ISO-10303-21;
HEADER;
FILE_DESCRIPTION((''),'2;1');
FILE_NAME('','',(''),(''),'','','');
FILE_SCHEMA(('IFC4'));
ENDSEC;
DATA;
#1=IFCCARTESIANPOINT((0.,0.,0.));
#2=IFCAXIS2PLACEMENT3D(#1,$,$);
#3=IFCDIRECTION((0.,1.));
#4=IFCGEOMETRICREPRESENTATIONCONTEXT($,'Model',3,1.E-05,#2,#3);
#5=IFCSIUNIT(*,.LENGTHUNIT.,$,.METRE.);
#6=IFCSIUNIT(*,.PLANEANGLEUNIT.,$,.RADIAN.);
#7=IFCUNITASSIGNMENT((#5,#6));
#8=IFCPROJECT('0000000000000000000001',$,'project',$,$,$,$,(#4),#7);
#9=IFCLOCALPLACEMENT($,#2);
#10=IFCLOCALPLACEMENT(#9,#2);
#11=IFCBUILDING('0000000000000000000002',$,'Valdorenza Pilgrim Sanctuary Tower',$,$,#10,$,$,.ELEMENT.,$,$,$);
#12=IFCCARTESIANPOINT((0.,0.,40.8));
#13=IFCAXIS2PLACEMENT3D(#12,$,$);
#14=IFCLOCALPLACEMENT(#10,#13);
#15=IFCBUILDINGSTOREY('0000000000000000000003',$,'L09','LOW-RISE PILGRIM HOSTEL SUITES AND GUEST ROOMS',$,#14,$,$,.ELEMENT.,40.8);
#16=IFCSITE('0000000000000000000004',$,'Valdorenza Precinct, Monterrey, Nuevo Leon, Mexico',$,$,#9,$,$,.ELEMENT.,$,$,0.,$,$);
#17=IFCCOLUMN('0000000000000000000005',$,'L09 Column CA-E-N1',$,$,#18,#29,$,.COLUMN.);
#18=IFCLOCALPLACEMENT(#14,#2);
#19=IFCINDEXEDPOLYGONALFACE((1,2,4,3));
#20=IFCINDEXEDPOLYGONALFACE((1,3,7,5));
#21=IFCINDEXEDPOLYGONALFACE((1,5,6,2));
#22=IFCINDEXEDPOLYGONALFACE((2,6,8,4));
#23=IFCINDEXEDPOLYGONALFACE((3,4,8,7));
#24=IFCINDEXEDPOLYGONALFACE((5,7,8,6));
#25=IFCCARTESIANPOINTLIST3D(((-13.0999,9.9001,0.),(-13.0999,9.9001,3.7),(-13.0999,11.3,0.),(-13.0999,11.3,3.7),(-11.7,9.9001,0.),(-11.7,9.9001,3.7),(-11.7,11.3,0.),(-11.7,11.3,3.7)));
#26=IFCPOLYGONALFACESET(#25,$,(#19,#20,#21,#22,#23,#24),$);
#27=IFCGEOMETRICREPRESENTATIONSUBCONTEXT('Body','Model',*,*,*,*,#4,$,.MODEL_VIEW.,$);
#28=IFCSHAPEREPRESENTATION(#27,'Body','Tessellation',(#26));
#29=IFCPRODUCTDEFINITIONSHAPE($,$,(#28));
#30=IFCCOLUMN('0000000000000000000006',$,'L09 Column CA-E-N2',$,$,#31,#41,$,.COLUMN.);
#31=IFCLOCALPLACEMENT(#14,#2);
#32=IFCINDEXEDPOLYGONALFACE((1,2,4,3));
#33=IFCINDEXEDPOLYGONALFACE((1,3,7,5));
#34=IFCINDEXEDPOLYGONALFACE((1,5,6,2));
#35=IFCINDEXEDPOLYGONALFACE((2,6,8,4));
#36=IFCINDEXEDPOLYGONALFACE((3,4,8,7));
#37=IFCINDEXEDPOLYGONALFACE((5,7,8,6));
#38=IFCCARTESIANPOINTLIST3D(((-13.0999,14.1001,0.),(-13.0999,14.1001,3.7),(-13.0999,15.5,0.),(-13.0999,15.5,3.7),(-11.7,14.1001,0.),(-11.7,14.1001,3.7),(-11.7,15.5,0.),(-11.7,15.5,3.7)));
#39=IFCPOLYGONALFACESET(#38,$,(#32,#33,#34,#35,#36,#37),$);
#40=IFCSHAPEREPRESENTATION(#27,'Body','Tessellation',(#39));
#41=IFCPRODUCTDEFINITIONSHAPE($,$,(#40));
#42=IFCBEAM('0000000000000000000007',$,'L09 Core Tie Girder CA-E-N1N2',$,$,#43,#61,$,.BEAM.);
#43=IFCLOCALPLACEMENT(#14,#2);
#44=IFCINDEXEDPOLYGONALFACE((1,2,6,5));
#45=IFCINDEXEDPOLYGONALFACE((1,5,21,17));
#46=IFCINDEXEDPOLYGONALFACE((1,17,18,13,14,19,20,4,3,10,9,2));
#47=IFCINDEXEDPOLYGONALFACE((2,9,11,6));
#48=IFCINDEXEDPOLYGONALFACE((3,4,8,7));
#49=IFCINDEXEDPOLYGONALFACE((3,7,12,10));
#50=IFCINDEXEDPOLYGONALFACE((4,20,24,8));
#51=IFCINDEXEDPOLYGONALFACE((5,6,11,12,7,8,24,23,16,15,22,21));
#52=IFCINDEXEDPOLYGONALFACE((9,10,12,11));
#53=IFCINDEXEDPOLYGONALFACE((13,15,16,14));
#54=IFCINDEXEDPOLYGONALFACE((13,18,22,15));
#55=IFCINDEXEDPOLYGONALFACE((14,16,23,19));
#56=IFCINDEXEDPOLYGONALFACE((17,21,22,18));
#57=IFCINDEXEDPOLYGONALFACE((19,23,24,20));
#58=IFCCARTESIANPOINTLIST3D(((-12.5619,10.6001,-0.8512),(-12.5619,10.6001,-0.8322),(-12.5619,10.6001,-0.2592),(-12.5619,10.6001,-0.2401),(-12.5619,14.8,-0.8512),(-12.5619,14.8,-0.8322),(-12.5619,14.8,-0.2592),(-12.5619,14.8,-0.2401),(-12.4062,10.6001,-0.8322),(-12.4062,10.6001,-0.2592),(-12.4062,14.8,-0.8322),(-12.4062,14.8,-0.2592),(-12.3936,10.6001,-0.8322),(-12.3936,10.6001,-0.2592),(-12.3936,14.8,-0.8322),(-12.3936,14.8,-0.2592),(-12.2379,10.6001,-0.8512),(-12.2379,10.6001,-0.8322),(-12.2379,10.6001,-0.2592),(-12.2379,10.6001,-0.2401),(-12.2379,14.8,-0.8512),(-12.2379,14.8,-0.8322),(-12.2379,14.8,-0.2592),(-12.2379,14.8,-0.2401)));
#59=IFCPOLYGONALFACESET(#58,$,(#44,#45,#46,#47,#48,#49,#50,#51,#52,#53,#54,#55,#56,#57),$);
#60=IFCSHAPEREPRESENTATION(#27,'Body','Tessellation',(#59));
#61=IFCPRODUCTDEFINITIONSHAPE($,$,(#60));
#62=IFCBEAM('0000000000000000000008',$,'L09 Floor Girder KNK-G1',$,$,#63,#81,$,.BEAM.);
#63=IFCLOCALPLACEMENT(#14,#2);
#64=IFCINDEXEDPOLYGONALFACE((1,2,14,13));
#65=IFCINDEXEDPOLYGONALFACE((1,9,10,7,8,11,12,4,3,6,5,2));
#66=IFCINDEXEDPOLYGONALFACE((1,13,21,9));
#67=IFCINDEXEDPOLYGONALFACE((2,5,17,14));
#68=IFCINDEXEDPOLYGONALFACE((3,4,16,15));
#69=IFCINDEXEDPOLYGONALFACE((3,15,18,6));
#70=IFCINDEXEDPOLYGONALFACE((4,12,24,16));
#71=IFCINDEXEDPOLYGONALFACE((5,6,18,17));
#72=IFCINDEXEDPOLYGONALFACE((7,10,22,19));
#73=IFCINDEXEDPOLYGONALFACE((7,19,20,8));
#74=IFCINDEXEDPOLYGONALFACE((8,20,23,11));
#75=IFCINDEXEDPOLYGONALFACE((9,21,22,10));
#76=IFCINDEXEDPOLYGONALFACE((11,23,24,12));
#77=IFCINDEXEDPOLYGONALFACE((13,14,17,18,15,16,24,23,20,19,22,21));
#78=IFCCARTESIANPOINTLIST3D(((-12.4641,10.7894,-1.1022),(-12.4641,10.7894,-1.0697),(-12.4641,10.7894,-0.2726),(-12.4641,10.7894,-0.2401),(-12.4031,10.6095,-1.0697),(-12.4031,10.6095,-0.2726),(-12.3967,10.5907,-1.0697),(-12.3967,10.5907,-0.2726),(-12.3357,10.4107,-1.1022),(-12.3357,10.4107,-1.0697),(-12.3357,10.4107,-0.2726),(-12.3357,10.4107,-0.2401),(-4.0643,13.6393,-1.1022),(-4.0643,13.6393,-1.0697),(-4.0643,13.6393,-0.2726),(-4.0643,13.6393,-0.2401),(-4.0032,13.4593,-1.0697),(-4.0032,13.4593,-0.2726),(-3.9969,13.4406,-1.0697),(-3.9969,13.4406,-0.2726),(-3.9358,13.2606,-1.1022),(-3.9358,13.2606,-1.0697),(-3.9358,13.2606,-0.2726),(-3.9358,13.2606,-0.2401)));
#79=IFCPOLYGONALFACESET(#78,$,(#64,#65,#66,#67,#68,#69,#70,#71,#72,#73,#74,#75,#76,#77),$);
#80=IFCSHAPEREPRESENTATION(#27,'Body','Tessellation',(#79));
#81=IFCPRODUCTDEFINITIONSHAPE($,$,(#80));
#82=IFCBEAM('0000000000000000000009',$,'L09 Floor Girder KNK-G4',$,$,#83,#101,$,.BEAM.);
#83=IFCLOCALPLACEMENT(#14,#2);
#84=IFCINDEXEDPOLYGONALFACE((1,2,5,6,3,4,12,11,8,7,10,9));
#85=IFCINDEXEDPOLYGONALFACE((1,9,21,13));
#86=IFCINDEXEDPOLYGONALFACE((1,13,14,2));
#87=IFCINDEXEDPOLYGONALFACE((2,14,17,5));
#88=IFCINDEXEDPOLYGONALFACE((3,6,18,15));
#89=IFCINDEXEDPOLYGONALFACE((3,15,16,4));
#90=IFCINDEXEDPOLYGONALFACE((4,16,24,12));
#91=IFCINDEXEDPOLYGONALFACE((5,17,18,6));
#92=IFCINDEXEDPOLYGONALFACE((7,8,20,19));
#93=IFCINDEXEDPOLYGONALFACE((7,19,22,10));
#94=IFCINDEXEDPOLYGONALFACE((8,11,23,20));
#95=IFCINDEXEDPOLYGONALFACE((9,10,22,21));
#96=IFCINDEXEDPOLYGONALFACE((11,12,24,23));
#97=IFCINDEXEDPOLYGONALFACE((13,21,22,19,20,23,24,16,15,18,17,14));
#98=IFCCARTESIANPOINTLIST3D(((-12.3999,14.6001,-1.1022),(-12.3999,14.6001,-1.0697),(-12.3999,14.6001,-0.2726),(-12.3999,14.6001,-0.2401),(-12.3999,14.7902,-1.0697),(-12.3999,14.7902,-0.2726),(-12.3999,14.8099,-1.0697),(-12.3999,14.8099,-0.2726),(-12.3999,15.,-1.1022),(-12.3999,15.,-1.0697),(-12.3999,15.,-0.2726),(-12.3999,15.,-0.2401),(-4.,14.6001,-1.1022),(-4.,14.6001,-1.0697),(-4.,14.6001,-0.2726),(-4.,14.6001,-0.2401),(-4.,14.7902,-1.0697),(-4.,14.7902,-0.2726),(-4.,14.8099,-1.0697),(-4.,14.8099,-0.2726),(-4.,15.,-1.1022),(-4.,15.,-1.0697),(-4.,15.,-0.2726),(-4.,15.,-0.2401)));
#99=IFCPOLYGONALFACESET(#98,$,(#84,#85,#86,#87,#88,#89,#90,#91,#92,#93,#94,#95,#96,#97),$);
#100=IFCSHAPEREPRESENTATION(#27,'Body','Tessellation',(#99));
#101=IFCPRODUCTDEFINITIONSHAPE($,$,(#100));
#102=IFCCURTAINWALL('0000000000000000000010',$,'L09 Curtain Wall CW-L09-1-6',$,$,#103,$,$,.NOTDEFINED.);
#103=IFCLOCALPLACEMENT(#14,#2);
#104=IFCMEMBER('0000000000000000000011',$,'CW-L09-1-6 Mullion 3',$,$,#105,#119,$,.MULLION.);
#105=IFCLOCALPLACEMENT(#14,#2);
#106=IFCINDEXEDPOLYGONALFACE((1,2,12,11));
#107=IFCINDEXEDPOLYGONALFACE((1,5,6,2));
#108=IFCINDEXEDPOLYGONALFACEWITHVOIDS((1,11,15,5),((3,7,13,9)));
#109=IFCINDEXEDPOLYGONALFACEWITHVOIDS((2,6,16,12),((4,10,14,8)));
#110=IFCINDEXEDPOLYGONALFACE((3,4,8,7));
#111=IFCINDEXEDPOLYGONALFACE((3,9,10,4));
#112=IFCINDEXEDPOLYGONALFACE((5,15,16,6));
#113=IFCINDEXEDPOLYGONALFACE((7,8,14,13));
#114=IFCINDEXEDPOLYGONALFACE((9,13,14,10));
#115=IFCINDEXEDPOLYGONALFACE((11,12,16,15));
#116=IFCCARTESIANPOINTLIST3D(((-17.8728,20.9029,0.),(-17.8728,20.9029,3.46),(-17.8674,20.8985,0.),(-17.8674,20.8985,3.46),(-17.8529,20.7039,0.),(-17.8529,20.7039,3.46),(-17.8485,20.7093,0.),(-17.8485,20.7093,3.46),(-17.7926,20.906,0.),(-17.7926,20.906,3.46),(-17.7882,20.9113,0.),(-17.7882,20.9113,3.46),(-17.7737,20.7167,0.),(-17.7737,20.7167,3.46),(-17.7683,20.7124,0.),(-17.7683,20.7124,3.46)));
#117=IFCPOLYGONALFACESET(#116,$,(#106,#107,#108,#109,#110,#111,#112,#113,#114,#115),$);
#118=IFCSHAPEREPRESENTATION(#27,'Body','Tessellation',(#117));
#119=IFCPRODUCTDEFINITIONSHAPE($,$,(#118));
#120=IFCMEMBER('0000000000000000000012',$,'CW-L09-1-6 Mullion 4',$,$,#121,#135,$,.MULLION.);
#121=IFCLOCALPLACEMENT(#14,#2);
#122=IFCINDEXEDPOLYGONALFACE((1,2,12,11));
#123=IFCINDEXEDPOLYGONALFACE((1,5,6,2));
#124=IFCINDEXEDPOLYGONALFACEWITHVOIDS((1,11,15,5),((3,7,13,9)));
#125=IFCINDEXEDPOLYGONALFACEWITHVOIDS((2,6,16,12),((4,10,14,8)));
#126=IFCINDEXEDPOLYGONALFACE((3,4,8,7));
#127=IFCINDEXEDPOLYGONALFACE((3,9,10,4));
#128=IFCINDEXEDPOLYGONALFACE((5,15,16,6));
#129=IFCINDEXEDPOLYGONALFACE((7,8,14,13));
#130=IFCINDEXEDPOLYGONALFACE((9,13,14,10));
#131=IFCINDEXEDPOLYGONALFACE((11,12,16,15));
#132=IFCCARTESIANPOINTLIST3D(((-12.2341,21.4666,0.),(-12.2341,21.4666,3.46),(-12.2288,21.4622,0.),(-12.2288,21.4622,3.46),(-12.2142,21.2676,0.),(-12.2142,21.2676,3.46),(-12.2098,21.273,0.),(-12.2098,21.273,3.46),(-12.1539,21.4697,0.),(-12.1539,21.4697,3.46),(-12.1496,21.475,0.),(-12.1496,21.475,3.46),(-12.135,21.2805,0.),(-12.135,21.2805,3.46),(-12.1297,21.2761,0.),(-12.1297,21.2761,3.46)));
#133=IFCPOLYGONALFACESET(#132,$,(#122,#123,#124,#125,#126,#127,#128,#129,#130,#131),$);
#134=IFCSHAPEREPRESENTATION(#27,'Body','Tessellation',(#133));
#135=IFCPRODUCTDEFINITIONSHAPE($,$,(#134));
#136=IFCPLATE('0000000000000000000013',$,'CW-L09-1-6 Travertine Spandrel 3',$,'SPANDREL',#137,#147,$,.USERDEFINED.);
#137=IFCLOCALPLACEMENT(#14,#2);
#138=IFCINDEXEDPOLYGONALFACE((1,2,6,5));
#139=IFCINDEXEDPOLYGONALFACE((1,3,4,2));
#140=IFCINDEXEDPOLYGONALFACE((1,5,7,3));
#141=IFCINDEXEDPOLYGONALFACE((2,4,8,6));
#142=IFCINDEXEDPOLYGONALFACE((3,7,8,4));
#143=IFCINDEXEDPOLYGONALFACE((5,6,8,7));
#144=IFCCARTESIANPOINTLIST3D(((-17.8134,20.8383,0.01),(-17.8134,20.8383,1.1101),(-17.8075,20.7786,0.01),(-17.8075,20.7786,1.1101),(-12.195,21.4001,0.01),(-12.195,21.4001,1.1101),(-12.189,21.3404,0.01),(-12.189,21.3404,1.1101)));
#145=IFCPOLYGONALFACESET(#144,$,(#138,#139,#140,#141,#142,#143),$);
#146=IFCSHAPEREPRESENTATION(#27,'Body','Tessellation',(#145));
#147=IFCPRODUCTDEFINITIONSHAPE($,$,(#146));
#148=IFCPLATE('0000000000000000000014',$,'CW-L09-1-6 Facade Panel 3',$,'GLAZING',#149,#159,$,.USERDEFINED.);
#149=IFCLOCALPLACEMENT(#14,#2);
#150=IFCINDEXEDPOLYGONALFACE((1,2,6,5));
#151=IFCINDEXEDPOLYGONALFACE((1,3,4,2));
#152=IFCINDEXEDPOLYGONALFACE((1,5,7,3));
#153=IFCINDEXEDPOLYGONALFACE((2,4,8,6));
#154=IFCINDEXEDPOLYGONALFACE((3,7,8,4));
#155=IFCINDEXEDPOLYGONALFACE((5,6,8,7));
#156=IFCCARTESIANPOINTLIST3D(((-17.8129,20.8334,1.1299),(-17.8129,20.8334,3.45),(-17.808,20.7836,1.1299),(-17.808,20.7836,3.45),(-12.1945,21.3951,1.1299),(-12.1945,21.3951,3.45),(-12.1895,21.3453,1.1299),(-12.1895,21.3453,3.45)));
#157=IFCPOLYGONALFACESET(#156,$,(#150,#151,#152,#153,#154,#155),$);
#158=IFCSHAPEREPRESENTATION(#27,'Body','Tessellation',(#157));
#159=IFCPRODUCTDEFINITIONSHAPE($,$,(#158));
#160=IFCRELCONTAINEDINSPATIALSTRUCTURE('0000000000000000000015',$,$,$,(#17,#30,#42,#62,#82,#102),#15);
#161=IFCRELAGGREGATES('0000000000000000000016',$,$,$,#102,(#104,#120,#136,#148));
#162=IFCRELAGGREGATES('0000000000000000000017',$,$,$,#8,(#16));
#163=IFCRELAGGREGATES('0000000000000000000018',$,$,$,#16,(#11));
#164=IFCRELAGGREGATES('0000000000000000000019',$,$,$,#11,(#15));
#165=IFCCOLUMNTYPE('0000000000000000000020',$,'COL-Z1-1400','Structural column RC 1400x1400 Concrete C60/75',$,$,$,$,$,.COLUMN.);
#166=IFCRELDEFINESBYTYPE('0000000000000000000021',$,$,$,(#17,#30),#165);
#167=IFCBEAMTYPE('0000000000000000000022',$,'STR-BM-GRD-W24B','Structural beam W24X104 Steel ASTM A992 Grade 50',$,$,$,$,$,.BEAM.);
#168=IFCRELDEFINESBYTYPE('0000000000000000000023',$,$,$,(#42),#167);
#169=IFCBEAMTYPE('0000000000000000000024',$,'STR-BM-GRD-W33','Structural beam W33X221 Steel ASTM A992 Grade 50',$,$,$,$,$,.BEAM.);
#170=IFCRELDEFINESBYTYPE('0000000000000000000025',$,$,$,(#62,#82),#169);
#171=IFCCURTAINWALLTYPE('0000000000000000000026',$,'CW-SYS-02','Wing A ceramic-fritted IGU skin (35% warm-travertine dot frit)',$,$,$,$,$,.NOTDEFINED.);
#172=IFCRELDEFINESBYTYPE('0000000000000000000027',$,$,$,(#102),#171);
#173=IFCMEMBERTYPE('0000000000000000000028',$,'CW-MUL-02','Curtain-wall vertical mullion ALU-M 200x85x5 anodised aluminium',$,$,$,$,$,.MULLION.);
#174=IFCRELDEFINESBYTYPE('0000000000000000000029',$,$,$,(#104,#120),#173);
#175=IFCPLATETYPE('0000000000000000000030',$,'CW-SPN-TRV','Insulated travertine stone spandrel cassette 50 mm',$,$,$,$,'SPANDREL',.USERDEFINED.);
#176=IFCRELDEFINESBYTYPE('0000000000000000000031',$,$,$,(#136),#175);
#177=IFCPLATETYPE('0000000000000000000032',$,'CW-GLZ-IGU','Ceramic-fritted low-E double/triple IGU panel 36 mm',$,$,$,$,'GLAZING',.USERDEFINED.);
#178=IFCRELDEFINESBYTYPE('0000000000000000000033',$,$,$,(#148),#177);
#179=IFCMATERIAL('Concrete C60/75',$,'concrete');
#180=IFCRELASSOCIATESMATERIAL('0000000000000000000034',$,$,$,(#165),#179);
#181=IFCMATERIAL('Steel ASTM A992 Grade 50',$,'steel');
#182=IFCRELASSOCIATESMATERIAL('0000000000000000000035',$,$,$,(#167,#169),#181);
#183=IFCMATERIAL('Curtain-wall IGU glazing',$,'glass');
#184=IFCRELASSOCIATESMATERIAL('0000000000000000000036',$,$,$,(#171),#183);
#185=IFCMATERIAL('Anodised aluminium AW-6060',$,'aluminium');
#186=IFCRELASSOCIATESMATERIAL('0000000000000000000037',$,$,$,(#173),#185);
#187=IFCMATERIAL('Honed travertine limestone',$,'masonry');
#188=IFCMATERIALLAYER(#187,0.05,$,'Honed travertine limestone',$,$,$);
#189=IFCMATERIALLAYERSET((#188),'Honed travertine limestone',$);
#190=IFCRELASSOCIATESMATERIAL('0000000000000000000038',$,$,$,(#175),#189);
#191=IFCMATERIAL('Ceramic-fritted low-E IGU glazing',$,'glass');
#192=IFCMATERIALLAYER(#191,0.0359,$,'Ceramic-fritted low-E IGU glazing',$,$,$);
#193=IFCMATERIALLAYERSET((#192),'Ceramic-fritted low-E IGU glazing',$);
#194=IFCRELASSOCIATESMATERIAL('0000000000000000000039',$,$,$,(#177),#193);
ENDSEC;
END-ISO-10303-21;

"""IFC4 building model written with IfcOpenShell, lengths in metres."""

from ifc_helpers import new_model, si_unit, direction, frame, origin, origin_2d, place, context, subcontext, project, spatial, rectangle, hollow_rectangle, i_section, extrude, source, transform, mapped, material, layer, layer_set, material_profile, profile_set, type_object, element, aggregate, save


model = new_model("IFC4")

# Units and contexts
model_context = context("Model", 3, precision=1e-05, world=origin(), true_north=direction((0.0, 1.0)))
body_context = subcontext(model_context, "Body", "Model", "MODEL_VIEW")
ifc_project = project(units=[si_unit("LENGTHUNIT", "METRE"), si_unit("PLANEANGLEUNIT", "RADIAN")], contexts=[model_context])

# Site, building, storey
site_placement = place(None, origin())
site = spatial("IfcSite", under=ifc_project, at=site_placement, Name="Valdorenza Precinct, Monterrey, Nuevo Leon, Mexico", CompositionType="ELEMENT", RefElevation=0.0)
building_placement = place(site_placement, origin())
building = spatial("IfcBuilding", under=site, at=building_placement, Name="Valdorenza Pilgrim Sanctuary Tower", CompositionType="ELEMENT")
storey_placement = place(building_placement, frame((0.0, 0.0, 40.8)))
storey = spatial("IfcBuildingStorey", under=building, at=storey_placement, Name="L09", Description="LOW-RISE PILGRIM HOSTEL SUITES AND GUEST ROOMS", CompositionType="ELEMENT", Elevation=40.8)

# Columns
ifc_material_1 = material(Name="Concrete C60/75", Category="concrete")
ifc_material_profile_1 = material_profile(ifc_material_1, rectangle(XDim=1.3999, YDim=1.3999, at=origin_2d()), Name="RC 1400x1400")
ifc_profile_set_1 = profile_set([ifc_material_profile_1], Name="Concrete C60/75")
column_type = type_object("IfcColumnType", Name="COL-Z1-1400", Description="Structural column RC 1400x1400 Concrete C60/75", PredefinedType="COLUMN", material=ifc_profile_set_1)
shared_shape_1 = source(origin(), body_context, "Body", "SweptSolid", [
    extrude(rectangle(XDim=1.3999, YDim=1.3999, at=origin_2d()), origin(), (0.0, 0.0, 1.0), 3.7),
])
for number, where, z_axis, x_axis, name in (
    (1, (-12.3999, 10.6001, 0.0), (0.0, 0.0, 1.0), (1.0, 0.0, 0.0), "L09 Column CA-E-N1"),
    (2, (-12.3999, 14.8, 0.0), (0.0, 0.0, 1.0), (1.0, 0.0, 0.0), "L09 Column CA-E-N2"),
):
    element("IfcColumn", number, at=place(storey_placement, frame(where, z_axis=z_axis, x_axis=x_axis)), inside=storey, type_object=column_type, Name=name, PredefinedType="COLUMN", context=body_context, shape_type="MappedRepresentation", body=[
        mapped(shared_shape_1, transform((0.0, 0.0, 0.0), x_axis=(1.0, 0.0, 0.0), y_axis=(0.0, 1.0, 0.0), z_axis=(0.0, 0.0, 1.0), scale=1.0)),
    ])

# Beams
ifc_material_2 = material(Name="Steel ASTM A992 Grade 50", Category="steel")
ifc_material_profile_2 = material_profile(ifc_material_2, i_section(OverallWidth=0.324, OverallDepth=0.6111, WebThickness=0.0127, FlangeThickness=0.019, at=origin_2d()), Name="W24X104")
ifc_profile_set_2 = profile_set([ifc_material_profile_2], Name="Steel ASTM A992 Grade 50")
beam_type_1 = type_object("IfcBeamType", Name="STR-BM-GRD-W24B", Description="Structural beam W24X104 Steel ASTM A992 Grade 50", PredefinedType="BEAM", material=ifc_profile_set_2)
shared_shape_2 = source(origin(), body_context, "Body", "SweptSolid", [
    extrude(i_section(OverallWidth=0.324, OverallDepth=0.6111, WebThickness=0.0127, FlangeThickness=0.019, at=origin_2d()), origin(), (0.0, 0.0, 1.0), 4.2),
])
beam_1_placement = place(storey_placement, frame((-12.3999, 10.6001, -0.5457), z_axis=(0.0, 1.0, 0.0), x_axis=(-1.0, 0.0, 0.0)))
element("IfcBeam", 3, at=beam_1_placement, inside=storey, type_object=beam_type_1, Name="L09 Core Tie Girder CA-E-N1N2", PredefinedType="BEAM", context=body_context, shape_type="MappedRepresentation", body=[
    mapped(shared_shape_2, transform((0.0, 0.0, 0.0), x_axis=(1.0, 0.0, 0.0), y_axis=(0.0, 1.0, 0.0), z_axis=(0.0, 0.0, 1.0), scale=1.0)),
])
ifc_material_profile_3 = material_profile(ifc_material_2, i_section(OverallWidth=0.3999, OverallDepth=0.8621, WebThickness=0.0198, FlangeThickness=0.0325, at=origin_2d()), Name="W33X221")
ifc_profile_set_3 = profile_set([ifc_material_profile_3], Name="Steel ASTM A992 Grade 50")
beam_type_2 = type_object("IfcBeamType", Name="STR-BM-GRD-W33", Description="Structural beam W33X221 Steel ASTM A992 Grade 50", PredefinedType="BEAM", material=ifc_profile_set_3)
shared_shape_3 = source(origin(), body_context, "Body", "SweptSolid", [
    extrude(i_section(OverallWidth=0.3999, OverallDepth=0.8621, WebThickness=0.0198, FlangeThickness=0.0325, at=origin_2d()), origin(), (0.0, 0.0, 1.0), 8.8701),
])
beam_2_placement = place(storey_placement, frame((-12.3999, 10.6001, -0.6711), z_axis=(0.946983, 0.321285, 0.0), x_axis=(-0.321285, 0.946983, 0.0)))
element("IfcBeam", 4, at=beam_2_placement, inside=storey, type_object=beam_type_2, Name="L09 Floor Girder KNK-G1", PredefinedType="BEAM", context=body_context, shape_type="MappedRepresentation", body=[
    mapped(shared_shape_3, transform((0.0, 0.0, 0.0), x_axis=(1.0, 0.0, 0.0), y_axis=(0.0, 1.0, 0.0), z_axis=(0.0, 0.0, 1.0), scale=1.0)),
])
shared_shape_4 = source(origin(), body_context, "Body", "SweptSolid", [
    extrude(i_section(OverallWidth=0.3999, OverallDepth=0.8621, WebThickness=0.0198, FlangeThickness=0.0325, at=origin_2d()), origin(), (0.0, 0.0, 1.0), 8.3999),
])
beam_3_placement = place(storey_placement, frame((-12.3999, 14.8, -0.6711), z_axis=(1.0, 0.0, 0.0), x_axis=(0.0, 1.0, 0.0)))
element("IfcBeam", 5, at=beam_3_placement, inside=storey, type_object=beam_type_2, Name="L09 Floor Girder KNK-G4", PredefinedType="BEAM", context=body_context, shape_type="MappedRepresentation", body=[
    mapped(shared_shape_4, transform((0.0, 0.0, 0.0), x_axis=(1.0, 0.0, 0.0), y_axis=(0.0, 1.0, 0.0), z_axis=(0.0, 0.0, 1.0), scale=1.0)),
])

# Curtain wall, members, plates
ifc_material_3 = material(Name="Curtain-wall IGU glazing", Category="glass")
curtain_wall_type = type_object("IfcCurtainWallType", Name="CW-SYS-02", Description="Wing A ceramic-fritted IGU skin (35% warm-travertine dot frit)", PredefinedType="NOTDEFINED", material=ifc_material_3)
curtain_wall_placement = place(storey_placement, origin())
curtain_wall = element("IfcCurtainWall", 6, at=curtain_wall_placement, inside=storey, type_object=curtain_wall_type, Name="L09 Curtain Wall CW-L09-1-6", PredefinedType="NOTDEFINED")
ifc_material_4 = material(Name="Anodised aluminium AW-6060", Category="aluminium")
ifc_material_profile_4 = material_profile(ifc_material_4, hollow_rectangle(XDim=0.085, YDim=0.2, WallThickness=0.0049, at=origin_2d()), Name="ALU-M 200x85x5")
ifc_profile_set_4 = profile_set([ifc_material_profile_4], Name="Anodised aluminium AW-6060")
member_type = type_object("IfcMemberType", Name="CW-MUL-02", Description="Curtain-wall vertical mullion ALU-M 200x85x5 anodised aluminium", PredefinedType="MULLION", material=ifc_profile_set_4)
shared_shape_5 = source(origin(), body_context, "Body", "SweptSolid", [
    extrude(hollow_rectangle(XDim=0.085, YDim=0.2, WallThickness=0.0049, at=origin_2d()), origin(), (0.0, 0.0, 1.0), 3.46),
])
member_1_placement = place(storey_placement, frame((-17.8206, 20.8076, 0.0), z_axis=(0.0, 0.0, 1.0), x_axis=(0.995038, 0.099493, 0.0)))
member_1 = element("IfcMember", 7, at=member_1_placement, type_object=member_type, Name="CW-L09-1-6 Mullion 3", PredefinedType="MULLION", context=body_context, shape_type="MappedRepresentation", body=[
    mapped(shared_shape_5, transform((0.0, 0.0, 0.0), x_axis=(1.0, 0.0, 0.0), y_axis=(0.0, 1.0, 0.0), z_axis=(0.0, 0.0, 1.0), scale=1.0)),
])
member_2_placement = place(storey_placement, frame((-12.1819, 21.3713, 0.0), z_axis=(0.0, 0.0, 1.0), x_axis=(0.995038, 0.099493, 0.0)))
member_2 = element("IfcMember", 8, at=member_2_placement, type_object=member_type, Name="CW-L09-1-6 Mullion 4", PredefinedType="MULLION", context=body_context, shape_type="MappedRepresentation", body=[
    mapped(shared_shape_5, transform((0.0, 0.0, 0.0), x_axis=(1.0, 0.0, 0.0), y_axis=(0.0, 1.0, 0.0), z_axis=(0.0, 0.0, 1.0), scale=1.0)),
])
ifc_material_5 = material(Name="Honed travertine limestone", Category="masonry")
ifc_layer_1 = layer(ifc_material_5, 0.05, Name="Honed travertine limestone")
ifc_layer_set_1 = layer_set([ifc_layer_1], Name="Honed travertine limestone")
plate_type_1 = type_object("IfcPlateType", Name="CW-SPN-TRV", Description="Insulated travertine stone spandrel cassette 50 mm", ElementType="SPANDREL", PredefinedType="USERDEFINED", material=ifc_layer_set_1)
shared_shape_6 = source(origin(), body_context, "Body", "SweptSolid", [
    extrude(rectangle(XDim=5.6465, YDim=0.0601, at=origin_2d()), origin(), (0.0, 0.0, 1.0), 1.1001),
])
plate_1_placement = place(storey_placement, frame((-15.0012, 21.0894, 0.01), z_axis=(0.0, 0.0, 1.0), x_axis=(0.995038, 0.099493, 0.0)))
plate_1 = element("IfcPlate", 9, at=plate_1_placement, type_object=plate_type_1, Name="CW-L09-1-6 Travertine Spandrel 3", ObjectType="SPANDREL", PredefinedType="USERDEFINED", context=body_context, shape_type="MappedRepresentation", body=[
    mapped(shared_shape_6, transform((0.0, 0.0, 0.0), x_axis=(1.0, 0.0, 0.0), y_axis=(0.0, 1.0, 0.0), z_axis=(0.0, 0.0, 1.0), scale=1.0)),
])
ifc_material_6 = material(Name="Ceramic-fritted low-E IGU glazing", Category="glass")
ifc_layer_2 = layer(ifc_material_6, 0.0359, Name="Ceramic-fritted low-E IGU glazing")
ifc_layer_set_2 = layer_set([ifc_layer_2], Name="Ceramic-fritted low-E IGU glazing")
plate_type_2 = type_object("IfcPlateType", Name="CW-GLZ-IGU", Description="Ceramic-fritted low-E double/triple IGU panel 36 mm", ElementType="GLAZING", PredefinedType="USERDEFINED", material=ifc_layer_set_2)
shared_shape_7 = source(origin(), body_context, "Body", "SweptSolid", [
    extrude(rectangle(XDim=5.6465, YDim=0.05, at=origin_2d()), origin(), (0.0, 0.0, 1.0), 2.3201),
])
plate_2_placement = place(storey_placement, frame((-15.0012, 21.0894, 1.1299), z_axis=(0.0, 0.0, 1.0), x_axis=(0.995038, 0.099493, 0.0)))
plate_2 = element("IfcPlate", 10, at=plate_2_placement, type_object=plate_type_2, Name="CW-L09-1-6 Facade Panel 3", ObjectType="GLAZING", PredefinedType="USERDEFINED", context=body_context, shape_type="MappedRepresentation", body=[
    mapped(shared_shape_7, transform((0.0, 0.0, 0.0), x_axis=(1.0, 0.0, 0.0), y_axis=(0.0, 1.0, 0.0), z_axis=(0.0, 0.0, 1.0), scale=1.0)),
])
aggregate(curtain_wall, [member_1, member_2, plate_1, plate_2])

save(model, "model.ifc")
